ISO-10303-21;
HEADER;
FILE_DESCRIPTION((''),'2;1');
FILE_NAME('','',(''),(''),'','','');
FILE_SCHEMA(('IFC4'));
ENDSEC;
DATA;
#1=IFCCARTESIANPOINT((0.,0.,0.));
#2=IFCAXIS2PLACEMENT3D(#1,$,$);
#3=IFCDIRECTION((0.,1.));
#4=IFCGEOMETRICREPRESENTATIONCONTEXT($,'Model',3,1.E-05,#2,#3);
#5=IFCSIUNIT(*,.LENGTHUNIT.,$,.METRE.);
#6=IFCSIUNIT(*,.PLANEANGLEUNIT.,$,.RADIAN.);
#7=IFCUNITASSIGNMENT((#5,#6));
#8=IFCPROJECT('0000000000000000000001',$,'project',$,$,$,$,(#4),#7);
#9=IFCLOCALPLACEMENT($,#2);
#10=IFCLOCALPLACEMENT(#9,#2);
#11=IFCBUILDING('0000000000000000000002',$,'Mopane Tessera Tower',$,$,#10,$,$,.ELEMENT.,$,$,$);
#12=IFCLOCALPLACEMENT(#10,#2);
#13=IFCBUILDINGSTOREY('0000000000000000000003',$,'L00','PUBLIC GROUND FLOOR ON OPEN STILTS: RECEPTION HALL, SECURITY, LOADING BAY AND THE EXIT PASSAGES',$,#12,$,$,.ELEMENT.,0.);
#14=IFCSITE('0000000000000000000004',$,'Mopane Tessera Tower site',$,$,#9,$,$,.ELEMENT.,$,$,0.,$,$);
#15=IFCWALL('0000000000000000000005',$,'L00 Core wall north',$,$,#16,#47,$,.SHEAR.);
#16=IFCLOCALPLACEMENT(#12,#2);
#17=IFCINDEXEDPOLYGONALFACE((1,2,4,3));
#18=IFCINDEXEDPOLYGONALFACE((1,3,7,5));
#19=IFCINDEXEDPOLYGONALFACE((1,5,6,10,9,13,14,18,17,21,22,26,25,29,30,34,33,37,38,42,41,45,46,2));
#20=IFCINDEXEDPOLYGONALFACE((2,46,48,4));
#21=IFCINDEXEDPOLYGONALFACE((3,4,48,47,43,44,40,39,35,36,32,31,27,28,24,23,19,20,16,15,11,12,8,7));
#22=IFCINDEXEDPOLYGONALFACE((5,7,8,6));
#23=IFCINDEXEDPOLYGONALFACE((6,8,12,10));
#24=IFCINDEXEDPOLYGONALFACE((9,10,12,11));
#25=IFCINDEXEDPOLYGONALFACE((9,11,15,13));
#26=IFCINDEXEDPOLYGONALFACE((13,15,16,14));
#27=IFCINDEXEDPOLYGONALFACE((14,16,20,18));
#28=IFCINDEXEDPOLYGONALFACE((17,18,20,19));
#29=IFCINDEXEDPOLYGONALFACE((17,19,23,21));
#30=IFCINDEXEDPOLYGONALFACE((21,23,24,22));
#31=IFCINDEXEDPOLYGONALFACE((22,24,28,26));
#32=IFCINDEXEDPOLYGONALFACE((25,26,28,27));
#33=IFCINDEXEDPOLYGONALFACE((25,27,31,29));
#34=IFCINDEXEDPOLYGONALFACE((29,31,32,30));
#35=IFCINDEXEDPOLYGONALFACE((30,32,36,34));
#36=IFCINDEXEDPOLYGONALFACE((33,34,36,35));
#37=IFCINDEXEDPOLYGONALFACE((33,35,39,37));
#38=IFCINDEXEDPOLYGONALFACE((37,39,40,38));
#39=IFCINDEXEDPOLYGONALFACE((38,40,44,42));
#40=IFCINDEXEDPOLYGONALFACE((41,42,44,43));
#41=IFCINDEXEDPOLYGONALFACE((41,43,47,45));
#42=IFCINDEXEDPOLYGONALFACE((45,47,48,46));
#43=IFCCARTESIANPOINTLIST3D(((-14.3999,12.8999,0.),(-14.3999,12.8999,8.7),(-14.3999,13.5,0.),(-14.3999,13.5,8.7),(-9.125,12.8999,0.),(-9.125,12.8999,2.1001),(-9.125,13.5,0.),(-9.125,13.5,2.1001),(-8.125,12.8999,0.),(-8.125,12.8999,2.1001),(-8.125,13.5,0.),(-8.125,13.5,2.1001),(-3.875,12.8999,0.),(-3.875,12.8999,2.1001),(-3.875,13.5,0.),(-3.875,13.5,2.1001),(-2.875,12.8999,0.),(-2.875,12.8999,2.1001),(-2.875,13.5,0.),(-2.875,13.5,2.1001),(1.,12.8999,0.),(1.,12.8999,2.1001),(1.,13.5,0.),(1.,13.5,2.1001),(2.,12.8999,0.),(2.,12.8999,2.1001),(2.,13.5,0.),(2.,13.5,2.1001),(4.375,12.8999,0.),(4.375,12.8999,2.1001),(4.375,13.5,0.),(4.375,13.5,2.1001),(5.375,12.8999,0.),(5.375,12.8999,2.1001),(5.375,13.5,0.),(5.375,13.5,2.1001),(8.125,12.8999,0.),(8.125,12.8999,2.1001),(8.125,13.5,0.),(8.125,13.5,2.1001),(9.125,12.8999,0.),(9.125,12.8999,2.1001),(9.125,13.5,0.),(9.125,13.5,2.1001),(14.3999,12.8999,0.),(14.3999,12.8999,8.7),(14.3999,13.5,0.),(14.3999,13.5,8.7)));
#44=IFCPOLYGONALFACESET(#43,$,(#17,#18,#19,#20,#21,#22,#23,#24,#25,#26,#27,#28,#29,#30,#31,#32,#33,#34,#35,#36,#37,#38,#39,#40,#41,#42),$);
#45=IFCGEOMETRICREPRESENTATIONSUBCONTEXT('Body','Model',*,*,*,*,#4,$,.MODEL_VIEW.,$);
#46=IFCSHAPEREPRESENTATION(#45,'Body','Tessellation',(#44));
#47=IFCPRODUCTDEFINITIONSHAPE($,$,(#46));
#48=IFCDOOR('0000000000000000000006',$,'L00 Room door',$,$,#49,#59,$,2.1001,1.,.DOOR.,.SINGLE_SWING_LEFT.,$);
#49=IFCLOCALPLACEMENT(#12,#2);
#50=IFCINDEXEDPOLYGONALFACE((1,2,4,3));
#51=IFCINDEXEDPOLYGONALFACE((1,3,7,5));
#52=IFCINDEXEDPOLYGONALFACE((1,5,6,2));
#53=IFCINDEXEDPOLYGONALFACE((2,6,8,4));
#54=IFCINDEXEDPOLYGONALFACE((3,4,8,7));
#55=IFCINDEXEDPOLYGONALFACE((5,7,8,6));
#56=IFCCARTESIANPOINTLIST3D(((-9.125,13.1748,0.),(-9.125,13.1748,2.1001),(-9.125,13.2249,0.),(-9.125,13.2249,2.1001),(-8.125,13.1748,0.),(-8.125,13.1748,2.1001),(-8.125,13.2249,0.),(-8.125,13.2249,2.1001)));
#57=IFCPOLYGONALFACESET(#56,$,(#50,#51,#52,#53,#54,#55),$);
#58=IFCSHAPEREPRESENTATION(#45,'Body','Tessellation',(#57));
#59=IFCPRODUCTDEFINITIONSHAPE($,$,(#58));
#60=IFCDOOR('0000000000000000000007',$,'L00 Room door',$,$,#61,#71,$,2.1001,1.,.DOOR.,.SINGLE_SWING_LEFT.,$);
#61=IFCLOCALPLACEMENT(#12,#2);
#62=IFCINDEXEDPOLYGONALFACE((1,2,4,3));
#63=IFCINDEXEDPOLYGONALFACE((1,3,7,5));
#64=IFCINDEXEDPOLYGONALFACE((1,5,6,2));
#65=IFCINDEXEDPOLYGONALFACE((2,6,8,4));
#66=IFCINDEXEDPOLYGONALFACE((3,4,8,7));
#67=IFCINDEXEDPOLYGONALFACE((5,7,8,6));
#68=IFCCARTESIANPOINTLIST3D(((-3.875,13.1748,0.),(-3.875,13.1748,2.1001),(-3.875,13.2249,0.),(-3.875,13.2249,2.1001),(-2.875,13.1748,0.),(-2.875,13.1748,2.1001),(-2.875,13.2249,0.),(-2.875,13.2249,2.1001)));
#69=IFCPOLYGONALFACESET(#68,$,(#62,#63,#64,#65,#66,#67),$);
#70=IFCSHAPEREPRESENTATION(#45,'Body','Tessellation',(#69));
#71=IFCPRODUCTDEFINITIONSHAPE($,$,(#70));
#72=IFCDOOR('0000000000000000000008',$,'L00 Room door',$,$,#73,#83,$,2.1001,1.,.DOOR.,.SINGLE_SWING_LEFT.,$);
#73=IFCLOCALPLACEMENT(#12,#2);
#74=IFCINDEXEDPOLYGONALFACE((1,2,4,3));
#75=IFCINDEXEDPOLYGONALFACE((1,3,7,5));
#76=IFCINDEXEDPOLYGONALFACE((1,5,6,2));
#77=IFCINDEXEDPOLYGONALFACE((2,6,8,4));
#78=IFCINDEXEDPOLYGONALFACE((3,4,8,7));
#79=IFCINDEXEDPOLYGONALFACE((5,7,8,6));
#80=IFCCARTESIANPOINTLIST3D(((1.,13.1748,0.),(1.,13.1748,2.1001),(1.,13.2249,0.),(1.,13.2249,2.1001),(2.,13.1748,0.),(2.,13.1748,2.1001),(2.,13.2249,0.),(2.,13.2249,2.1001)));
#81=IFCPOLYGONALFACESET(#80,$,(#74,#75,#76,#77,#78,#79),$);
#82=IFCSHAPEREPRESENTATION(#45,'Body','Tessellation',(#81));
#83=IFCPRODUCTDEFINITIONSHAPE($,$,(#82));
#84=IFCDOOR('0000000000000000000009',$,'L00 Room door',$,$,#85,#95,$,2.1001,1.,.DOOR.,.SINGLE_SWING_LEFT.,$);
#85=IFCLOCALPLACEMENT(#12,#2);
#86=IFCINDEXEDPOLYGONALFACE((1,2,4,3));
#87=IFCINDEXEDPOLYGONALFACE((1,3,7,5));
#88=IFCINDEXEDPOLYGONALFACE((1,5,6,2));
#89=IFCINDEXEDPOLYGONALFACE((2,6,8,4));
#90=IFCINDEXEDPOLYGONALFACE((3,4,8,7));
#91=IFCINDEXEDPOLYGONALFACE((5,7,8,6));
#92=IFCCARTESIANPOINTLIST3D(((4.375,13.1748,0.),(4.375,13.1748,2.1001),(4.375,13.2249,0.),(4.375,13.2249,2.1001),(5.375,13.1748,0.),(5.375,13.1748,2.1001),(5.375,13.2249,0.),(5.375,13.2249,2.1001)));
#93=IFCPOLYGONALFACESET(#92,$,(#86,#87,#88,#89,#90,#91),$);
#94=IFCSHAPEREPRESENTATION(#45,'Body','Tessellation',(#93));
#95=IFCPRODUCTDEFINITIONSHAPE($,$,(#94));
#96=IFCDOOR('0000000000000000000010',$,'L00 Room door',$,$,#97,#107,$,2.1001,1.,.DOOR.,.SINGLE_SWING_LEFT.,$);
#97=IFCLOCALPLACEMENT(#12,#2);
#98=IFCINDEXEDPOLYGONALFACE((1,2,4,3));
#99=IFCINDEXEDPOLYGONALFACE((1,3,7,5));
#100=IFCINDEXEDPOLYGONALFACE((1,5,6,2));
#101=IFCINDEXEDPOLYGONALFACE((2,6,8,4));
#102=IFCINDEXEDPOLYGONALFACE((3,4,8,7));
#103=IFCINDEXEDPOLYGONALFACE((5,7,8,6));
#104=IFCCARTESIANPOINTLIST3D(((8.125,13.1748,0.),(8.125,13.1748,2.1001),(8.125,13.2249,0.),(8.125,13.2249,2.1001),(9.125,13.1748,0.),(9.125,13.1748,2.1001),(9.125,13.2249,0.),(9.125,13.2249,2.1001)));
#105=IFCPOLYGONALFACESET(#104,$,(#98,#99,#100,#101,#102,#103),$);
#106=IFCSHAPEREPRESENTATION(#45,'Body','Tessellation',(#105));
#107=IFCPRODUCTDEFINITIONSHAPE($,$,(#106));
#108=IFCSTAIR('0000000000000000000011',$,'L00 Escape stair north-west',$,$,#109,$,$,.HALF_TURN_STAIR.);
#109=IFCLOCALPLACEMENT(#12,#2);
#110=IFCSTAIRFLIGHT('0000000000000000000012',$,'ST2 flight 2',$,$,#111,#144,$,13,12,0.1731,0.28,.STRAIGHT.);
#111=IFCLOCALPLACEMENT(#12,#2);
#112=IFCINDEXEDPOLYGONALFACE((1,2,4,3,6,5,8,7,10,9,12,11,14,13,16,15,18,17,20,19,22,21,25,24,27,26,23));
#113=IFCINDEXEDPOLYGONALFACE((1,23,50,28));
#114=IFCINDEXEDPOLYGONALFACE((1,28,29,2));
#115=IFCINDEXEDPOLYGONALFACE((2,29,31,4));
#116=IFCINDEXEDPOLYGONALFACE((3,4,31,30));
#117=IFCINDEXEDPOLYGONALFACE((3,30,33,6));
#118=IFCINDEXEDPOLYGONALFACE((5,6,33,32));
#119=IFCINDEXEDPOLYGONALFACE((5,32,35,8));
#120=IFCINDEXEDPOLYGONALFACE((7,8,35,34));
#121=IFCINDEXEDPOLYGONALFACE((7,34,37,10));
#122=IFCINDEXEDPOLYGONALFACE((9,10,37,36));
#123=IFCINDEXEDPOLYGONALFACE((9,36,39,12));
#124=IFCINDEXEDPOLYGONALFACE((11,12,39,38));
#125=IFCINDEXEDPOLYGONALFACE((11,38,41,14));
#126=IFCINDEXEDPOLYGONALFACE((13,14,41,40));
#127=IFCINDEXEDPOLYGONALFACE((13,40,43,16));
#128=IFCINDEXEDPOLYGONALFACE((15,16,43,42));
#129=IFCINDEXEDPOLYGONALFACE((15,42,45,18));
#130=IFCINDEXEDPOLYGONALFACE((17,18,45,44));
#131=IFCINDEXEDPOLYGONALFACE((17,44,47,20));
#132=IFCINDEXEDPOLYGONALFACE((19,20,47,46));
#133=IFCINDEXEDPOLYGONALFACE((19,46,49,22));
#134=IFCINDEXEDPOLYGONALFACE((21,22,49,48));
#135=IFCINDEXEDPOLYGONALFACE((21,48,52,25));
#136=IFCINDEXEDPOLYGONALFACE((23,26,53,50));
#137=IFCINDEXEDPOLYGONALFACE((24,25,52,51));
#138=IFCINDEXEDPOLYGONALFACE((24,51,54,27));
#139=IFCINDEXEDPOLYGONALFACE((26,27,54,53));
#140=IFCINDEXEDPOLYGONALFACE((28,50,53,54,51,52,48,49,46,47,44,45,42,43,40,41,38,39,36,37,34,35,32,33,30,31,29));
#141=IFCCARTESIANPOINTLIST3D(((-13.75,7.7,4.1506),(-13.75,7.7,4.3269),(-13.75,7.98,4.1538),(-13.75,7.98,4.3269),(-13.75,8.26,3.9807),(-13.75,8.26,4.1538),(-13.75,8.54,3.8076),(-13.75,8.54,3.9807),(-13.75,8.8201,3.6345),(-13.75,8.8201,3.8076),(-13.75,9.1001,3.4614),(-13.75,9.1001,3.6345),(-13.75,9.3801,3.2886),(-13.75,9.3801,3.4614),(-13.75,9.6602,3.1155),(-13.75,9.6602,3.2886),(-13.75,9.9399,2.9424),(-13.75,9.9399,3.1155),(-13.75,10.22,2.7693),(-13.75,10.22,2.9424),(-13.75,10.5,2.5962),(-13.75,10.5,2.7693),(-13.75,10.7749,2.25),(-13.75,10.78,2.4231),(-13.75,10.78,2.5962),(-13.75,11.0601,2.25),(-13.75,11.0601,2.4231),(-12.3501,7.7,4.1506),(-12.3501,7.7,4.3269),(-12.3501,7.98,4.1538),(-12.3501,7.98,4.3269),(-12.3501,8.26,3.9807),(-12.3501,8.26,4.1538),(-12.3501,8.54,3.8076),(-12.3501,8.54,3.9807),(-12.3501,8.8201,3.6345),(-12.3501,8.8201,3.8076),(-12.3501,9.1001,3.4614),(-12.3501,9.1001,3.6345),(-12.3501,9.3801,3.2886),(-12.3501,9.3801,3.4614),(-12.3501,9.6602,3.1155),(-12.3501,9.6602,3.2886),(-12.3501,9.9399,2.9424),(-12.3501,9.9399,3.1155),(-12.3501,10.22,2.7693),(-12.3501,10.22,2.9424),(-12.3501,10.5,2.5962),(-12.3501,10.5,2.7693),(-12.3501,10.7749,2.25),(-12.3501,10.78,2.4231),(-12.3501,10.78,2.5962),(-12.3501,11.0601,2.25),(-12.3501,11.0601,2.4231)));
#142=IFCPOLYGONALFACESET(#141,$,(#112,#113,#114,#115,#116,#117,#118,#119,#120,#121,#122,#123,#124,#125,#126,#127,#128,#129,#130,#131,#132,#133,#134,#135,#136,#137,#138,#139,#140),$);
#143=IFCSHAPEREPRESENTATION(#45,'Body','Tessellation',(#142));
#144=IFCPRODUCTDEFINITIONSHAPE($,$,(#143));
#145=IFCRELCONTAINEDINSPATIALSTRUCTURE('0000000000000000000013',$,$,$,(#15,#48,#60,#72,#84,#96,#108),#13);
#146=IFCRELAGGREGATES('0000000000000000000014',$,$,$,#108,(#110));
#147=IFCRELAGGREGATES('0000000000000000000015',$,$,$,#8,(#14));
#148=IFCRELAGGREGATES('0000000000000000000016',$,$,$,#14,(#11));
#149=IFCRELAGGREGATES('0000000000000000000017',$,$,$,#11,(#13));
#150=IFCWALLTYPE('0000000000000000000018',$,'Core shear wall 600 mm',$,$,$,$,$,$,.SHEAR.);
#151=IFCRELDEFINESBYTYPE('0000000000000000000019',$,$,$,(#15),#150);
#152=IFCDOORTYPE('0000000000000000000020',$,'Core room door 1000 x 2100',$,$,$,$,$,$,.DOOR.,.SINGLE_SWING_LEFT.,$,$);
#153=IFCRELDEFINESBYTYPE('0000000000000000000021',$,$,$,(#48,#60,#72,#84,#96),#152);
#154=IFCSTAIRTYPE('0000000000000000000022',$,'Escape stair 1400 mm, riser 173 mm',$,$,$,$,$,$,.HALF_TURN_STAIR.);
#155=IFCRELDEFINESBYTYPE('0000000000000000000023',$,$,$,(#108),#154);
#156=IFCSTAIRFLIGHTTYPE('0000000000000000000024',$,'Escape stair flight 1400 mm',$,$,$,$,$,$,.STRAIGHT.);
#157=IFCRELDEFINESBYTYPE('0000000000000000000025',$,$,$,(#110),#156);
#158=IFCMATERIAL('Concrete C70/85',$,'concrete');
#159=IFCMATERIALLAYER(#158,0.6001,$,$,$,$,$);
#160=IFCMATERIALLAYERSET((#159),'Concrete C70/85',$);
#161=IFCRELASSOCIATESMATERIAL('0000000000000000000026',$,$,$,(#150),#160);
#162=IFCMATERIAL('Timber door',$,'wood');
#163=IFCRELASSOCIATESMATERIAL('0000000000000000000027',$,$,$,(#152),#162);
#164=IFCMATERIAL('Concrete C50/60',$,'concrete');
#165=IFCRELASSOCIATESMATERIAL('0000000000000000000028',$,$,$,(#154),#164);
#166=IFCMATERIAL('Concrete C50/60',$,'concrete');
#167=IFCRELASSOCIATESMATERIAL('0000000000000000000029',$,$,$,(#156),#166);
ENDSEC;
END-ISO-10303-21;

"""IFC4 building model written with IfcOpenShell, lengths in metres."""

from ifc_helpers import new_model, si_unit, direction, frame, frame_2d, origin, place, context, subcontext, project, spatial, polyline, rectangle, outline, extrude, material, layer, layer_set, type_object, element, fill, aggregate, save


model = new_model("IFC4")

# Units and contexts
model_context = context("Model", 3, precision=1e-05, world=origin(), true_north=direction((0.0, 1.0)))
body_context = subcontext(model_context, "Body", "Model", "MODEL_VIEW")
ifc_project = project(units=[si_unit("LENGTHUNIT", "METRE"), si_unit("PLANEANGLEUNIT", "RADIAN")], contexts=[model_context])

# Site, building, storey
site_placement = place(None, origin())
site = spatial("IfcSite", under=ifc_project, at=site_placement, Name="Mopane Tessera Tower site", CompositionType="ELEMENT", RefElevation=0.0)
building_placement = place(site_placement, origin())
building = spatial("IfcBuilding", under=site, at=building_placement, Name="Mopane Tessera Tower", CompositionType="ELEMENT")
storey_placement = place(building_placement, origin())
storey = spatial("IfcBuildingStorey", under=building, at=storey_placement, Name="L00", Description="PUBLIC GROUND FLOOR ON OPEN STILTS: RECEPTION HALL, SECURITY, LOADING BAY AND THE EXIT PASSAGES", CompositionType="ELEMENT", Elevation=0.0)

# Wall, openings, doors
ifc_material_1 = material(Name="Concrete C70/85", Category="concrete")
ifc_layer_1 = layer(ifc_material_1, 0.6001)
ifc_layer_set_1 = layer_set([ifc_layer_1], Name="Concrete C70/85")
wall_type_1 = type_object("IfcWallType", Name="Core shear wall 600 mm", PredefinedType="SHEAR", material=ifc_layer_set_1)
wall_1_placement = place(storey_placement, frame((-14.3999, 13.2, 0.0), z_axis=(0.0, 0.0, 1.0), x_axis=(1.0, 0.0, 0.0)))
wall_1 = element("IfcWall", 1, at=wall_1_placement, inside=storey, type_object=wall_type_1, Name="L00 Core wall north", PredefinedType="SHEAR", context=body_context, shape_type="SweptSolid", body=[
    extrude(rectangle(XDim=28.7998, YDim=0.6001, at=frame_2d((14.3999, 0.0))), origin(), (0.0, 0.0, 1.0), 8.7),
])
opening_1_placement = place(wall_1_placement, frame((5.2749, 0.0, 0.0)))
opening_1 = element("IfcOpeningElement", 2, at=opening_1_placement, cuts=wall_1, PredefinedType="OPENING", context=body_context, shape_type="SweptSolid", body=[
    extrude(rectangle(XDim=1.0, YDim=2.1001, at=frame_2d((0.5, 1.05))), frame((0.0, 0.312, 0.0), z_axis=(0.0, -1.0, 0.0), x_axis=(1.0, 0.0, 0.0)), (0.0, 0.0, 1.0), 0.624),
])
opening_2_placement = place(wall_1_placement, frame((10.5249, 0.0, 0.0)))
opening_2 = element("IfcOpeningElement", 3, at=opening_2_placement, cuts=wall_1, PredefinedType="OPENING", context=body_context, shape_type="SweptSolid", body=[
    extrude(rectangle(XDim=1.0, YDim=2.1001, at=frame_2d((0.5, 1.05))), frame((0.0, 0.312, 0.0), z_axis=(0.0, -1.0, 0.0), x_axis=(1.0, 0.0, 0.0)), (0.0, 0.0, 1.0), 0.624),
])
opening_3_placement = place(wall_1_placement, frame((15.3999, 0.0, 0.0)))
opening_3 = element("IfcOpeningElement", 4, at=opening_3_placement, cuts=wall_1, PredefinedType="OPENING", context=body_context, shape_type="SweptSolid", body=[
    extrude(rectangle(XDim=1.0, YDim=2.1001, at=frame_2d((0.5, 1.05))), frame((0.0, 0.312, 0.0), z_axis=(0.0, -1.0, 0.0), x_axis=(1.0, 0.0, 0.0)), (0.0, 0.0, 1.0), 0.624),
])
opening_4_placement = place(wall_1_placement, frame((18.7749, 0.0, 0.0)))
opening_4 = element("IfcOpeningElement", 5, at=opening_4_placement, cuts=wall_1, PredefinedType="OPENING", context=body_context, shape_type="SweptSolid", body=[
    extrude(rectangle(XDim=1.0, YDim=2.1001, at=frame_2d((0.5, 1.05))), frame((0.0, 0.312, 0.0), z_axis=(0.0, -1.0, 0.0), x_axis=(1.0, 0.0, 0.0)), (0.0, 0.0, 1.0), 0.624),
])
opening_5_placement = place(wall_1_placement, frame((22.5249, 0.0, 0.0)))
opening_5 = element("IfcOpeningElement", 6, at=opening_5_placement, cuts=wall_1, PredefinedType="OPENING", context=body_context, shape_type="SweptSolid", body=[
    extrude(rectangle(XDim=1.0, YDim=2.1001, at=frame_2d((0.5, 1.05))), frame((0.0, 0.312, 0.0), z_axis=(0.0, -1.0, 0.0), x_axis=(1.0, 0.0, 0.0)), (0.0, 0.0, 1.0), 0.624),
])
ifc_material_2 = material(Name="Timber door", Category="wood")
door_type_1 = type_object("IfcDoorType", Name="Core room door 1000 x 2100", OperationType="SINGLE_SWING_LEFT", PredefinedType="DOOR", material=ifc_material_2)
door_1_placement = place(opening_1_placement, origin())
door_1 = element("IfcDoor", 7, at=door_1_placement, inside=storey, type_object=door_type_1, Name="L00 Room door", OperationType="SINGLE_SWING_LEFT", OverallHeight=2.1001, OverallWidth=1.0, PredefinedType="DOOR", context=body_context, shape_type="SweptSolid", body=[
    extrude(rectangle(XDim=1.0, YDim=2.1001, at=frame_2d((0.5, 1.05))), frame((0.0, 0.0249, 0.0), z_axis=(0.0, -1.0, 0.0), x_axis=(1.0, 0.0, 0.0)), (0.0, 0.0, 1.0), 0.05),
])
fill(opening_1, door_1)
door_2_placement = place(opening_2_placement, origin())
door_2 = element("IfcDoor", 8, at=door_2_placement, inside=storey, type_object=door_type_1, Name="L00 Room door", OperationType="SINGLE_SWING_LEFT", OverallHeight=2.1001, OverallWidth=1.0, PredefinedType="DOOR", context=body_context, shape_type="SweptSolid", body=[
    extrude(rectangle(XDim=1.0, YDim=2.1001, at=frame_2d((0.5, 1.05))), frame((0.0, 0.0249, 0.0), z_axis=(0.0, -1.0, 0.0), x_axis=(1.0, 0.0, 0.0)), (0.0, 0.0, 1.0), 0.05),
])
fill(opening_2, door_2)
door_3_placement = place(opening_3_placement, origin())
door_3 = element("IfcDoor", 9, at=door_3_placement, inside=storey, type_object=door_type_1, Name="L00 Room door", OperationType="SINGLE_SWING_LEFT", OverallHeight=2.1001, OverallWidth=1.0, PredefinedType="DOOR", context=body_context, shape_type="SweptSolid", body=[
    extrude(rectangle(XDim=1.0, YDim=2.1001, at=frame_2d((0.5, 1.05))), frame((0.0, 0.0249, 0.0), z_axis=(0.0, -1.0, 0.0), x_axis=(1.0, 0.0, 0.0)), (0.0, 0.0, 1.0), 0.05),
])
fill(opening_3, door_3)
door_4_placement = place(opening_4_placement, origin())
door_4 = element("IfcDoor", 10, at=door_4_placement, inside=storey, type_object=door_type_1, Name="L00 Room door", OperationType="SINGLE_SWING_LEFT", OverallHeight=2.1001, OverallWidth=1.0, PredefinedType="DOOR", context=body_context, shape_type="SweptSolid", body=[
    extrude(rectangle(XDim=1.0, YDim=2.1001, at=frame_2d((0.5, 1.05))), frame((0.0, 0.0249, 0.0), z_axis=(0.0, -1.0, 0.0), x_axis=(1.0, 0.0, 0.0)), (0.0, 0.0, 1.0), 0.05),
])
fill(opening_4, door_4)
door_5_placement = place(opening_5_placement, origin())
door_5 = element("IfcDoor", 11, at=door_5_placement, inside=storey, type_object=door_type_1, Name="L00 Room door", OperationType="SINGLE_SWING_LEFT", OverallHeight=2.1001, OverallWidth=1.0, PredefinedType="DOOR", context=body_context, shape_type="SweptSolid", body=[
    extrude(rectangle(XDim=1.0, YDim=2.1001, at=frame_2d((0.5, 1.05))), frame((0.0, 0.0249, 0.0), z_axis=(0.0, -1.0, 0.0), x_axis=(1.0, 0.0, 0.0)), (0.0, 0.0, 1.0), 0.05),
])
fill(opening_5, door_5)

# Stair, stair flight
ifc_material_3 = material(Name="Concrete C50/60", Category="concrete")
stair_type = type_object("IfcStairType", Name="Escape stair 1400 mm, riser 173 mm", PredefinedType="HALF_TURN_STAIR", material=ifc_material_3)
stair_placement = place(storey_placement, origin())
stair = element("IfcStair", 12, at=stair_placement, inside=storey, type_object=stair_type, Name="L00 Escape stair north-west", PredefinedType="HALF_TURN_STAIR")
ifc_material_4 = material(Name="Concrete C50/60", Category="concrete")
stair_flight_type = type_object("IfcStairFlightType", Name="Escape stair flight 1400 mm", PredefinedType="STRAIGHT", material=ifc_material_4)
stair_flight_1_placement = place(storey_placement, frame((-13.05, 11.0601, 2.25), z_axis=(0.0, 0.0, 1.0), x_axis=(0.0, -1.0, 0.0)))
stair_flight_1 = element("IfcStairFlight", 13, at=stair_flight_1_placement, type_object=stair_flight_type, Name="ST2 flight 2", NumberOfRisers=13, NumberOfTreads=12, PredefinedType="STRAIGHT", RiserHeight=0.1731, TreadLength=0.28, context=body_context, shape_type="SweptSolid", body=[
    extrude(outline(polyline([(0.0, 0.0), (0.0, 0.1731), (0.28, 0.1731), (0.28, 0.3462), (0.5601, 0.3462), (0.5601, 0.5193), (0.8401, 0.5193), (0.8401, 0.6924), (1.1201, 0.6924), (1.1201, 0.8655), (1.3999, 0.8655), (1.3999, 1.0386), (1.6799, 1.0386), (1.6799, 1.2114), (1.96, 1.2114), (1.96, 1.3845), (2.24, 1.3845), (2.24, 1.5576), (2.52, 1.5576), (2.52, 1.7307), (2.8, 1.7307), (2.8, 1.9038), (3.0801, 1.9038), (3.0801, 2.0769), (3.3601, 2.0769), (3.3601, 2.25), (3.3601, 1.9006), (0.2852, 0.0), (0.0, 0.0)])), frame((0.0, 0.7, 0.0), z_axis=(0.0, -1.0, 0.0), x_axis=(1.0, 0.0, 0.0)), (0.0, 0.0, 1.0), 1.3999),
])
aggregate(stair, [stair_flight_1])

save(model, "model.ifc")
